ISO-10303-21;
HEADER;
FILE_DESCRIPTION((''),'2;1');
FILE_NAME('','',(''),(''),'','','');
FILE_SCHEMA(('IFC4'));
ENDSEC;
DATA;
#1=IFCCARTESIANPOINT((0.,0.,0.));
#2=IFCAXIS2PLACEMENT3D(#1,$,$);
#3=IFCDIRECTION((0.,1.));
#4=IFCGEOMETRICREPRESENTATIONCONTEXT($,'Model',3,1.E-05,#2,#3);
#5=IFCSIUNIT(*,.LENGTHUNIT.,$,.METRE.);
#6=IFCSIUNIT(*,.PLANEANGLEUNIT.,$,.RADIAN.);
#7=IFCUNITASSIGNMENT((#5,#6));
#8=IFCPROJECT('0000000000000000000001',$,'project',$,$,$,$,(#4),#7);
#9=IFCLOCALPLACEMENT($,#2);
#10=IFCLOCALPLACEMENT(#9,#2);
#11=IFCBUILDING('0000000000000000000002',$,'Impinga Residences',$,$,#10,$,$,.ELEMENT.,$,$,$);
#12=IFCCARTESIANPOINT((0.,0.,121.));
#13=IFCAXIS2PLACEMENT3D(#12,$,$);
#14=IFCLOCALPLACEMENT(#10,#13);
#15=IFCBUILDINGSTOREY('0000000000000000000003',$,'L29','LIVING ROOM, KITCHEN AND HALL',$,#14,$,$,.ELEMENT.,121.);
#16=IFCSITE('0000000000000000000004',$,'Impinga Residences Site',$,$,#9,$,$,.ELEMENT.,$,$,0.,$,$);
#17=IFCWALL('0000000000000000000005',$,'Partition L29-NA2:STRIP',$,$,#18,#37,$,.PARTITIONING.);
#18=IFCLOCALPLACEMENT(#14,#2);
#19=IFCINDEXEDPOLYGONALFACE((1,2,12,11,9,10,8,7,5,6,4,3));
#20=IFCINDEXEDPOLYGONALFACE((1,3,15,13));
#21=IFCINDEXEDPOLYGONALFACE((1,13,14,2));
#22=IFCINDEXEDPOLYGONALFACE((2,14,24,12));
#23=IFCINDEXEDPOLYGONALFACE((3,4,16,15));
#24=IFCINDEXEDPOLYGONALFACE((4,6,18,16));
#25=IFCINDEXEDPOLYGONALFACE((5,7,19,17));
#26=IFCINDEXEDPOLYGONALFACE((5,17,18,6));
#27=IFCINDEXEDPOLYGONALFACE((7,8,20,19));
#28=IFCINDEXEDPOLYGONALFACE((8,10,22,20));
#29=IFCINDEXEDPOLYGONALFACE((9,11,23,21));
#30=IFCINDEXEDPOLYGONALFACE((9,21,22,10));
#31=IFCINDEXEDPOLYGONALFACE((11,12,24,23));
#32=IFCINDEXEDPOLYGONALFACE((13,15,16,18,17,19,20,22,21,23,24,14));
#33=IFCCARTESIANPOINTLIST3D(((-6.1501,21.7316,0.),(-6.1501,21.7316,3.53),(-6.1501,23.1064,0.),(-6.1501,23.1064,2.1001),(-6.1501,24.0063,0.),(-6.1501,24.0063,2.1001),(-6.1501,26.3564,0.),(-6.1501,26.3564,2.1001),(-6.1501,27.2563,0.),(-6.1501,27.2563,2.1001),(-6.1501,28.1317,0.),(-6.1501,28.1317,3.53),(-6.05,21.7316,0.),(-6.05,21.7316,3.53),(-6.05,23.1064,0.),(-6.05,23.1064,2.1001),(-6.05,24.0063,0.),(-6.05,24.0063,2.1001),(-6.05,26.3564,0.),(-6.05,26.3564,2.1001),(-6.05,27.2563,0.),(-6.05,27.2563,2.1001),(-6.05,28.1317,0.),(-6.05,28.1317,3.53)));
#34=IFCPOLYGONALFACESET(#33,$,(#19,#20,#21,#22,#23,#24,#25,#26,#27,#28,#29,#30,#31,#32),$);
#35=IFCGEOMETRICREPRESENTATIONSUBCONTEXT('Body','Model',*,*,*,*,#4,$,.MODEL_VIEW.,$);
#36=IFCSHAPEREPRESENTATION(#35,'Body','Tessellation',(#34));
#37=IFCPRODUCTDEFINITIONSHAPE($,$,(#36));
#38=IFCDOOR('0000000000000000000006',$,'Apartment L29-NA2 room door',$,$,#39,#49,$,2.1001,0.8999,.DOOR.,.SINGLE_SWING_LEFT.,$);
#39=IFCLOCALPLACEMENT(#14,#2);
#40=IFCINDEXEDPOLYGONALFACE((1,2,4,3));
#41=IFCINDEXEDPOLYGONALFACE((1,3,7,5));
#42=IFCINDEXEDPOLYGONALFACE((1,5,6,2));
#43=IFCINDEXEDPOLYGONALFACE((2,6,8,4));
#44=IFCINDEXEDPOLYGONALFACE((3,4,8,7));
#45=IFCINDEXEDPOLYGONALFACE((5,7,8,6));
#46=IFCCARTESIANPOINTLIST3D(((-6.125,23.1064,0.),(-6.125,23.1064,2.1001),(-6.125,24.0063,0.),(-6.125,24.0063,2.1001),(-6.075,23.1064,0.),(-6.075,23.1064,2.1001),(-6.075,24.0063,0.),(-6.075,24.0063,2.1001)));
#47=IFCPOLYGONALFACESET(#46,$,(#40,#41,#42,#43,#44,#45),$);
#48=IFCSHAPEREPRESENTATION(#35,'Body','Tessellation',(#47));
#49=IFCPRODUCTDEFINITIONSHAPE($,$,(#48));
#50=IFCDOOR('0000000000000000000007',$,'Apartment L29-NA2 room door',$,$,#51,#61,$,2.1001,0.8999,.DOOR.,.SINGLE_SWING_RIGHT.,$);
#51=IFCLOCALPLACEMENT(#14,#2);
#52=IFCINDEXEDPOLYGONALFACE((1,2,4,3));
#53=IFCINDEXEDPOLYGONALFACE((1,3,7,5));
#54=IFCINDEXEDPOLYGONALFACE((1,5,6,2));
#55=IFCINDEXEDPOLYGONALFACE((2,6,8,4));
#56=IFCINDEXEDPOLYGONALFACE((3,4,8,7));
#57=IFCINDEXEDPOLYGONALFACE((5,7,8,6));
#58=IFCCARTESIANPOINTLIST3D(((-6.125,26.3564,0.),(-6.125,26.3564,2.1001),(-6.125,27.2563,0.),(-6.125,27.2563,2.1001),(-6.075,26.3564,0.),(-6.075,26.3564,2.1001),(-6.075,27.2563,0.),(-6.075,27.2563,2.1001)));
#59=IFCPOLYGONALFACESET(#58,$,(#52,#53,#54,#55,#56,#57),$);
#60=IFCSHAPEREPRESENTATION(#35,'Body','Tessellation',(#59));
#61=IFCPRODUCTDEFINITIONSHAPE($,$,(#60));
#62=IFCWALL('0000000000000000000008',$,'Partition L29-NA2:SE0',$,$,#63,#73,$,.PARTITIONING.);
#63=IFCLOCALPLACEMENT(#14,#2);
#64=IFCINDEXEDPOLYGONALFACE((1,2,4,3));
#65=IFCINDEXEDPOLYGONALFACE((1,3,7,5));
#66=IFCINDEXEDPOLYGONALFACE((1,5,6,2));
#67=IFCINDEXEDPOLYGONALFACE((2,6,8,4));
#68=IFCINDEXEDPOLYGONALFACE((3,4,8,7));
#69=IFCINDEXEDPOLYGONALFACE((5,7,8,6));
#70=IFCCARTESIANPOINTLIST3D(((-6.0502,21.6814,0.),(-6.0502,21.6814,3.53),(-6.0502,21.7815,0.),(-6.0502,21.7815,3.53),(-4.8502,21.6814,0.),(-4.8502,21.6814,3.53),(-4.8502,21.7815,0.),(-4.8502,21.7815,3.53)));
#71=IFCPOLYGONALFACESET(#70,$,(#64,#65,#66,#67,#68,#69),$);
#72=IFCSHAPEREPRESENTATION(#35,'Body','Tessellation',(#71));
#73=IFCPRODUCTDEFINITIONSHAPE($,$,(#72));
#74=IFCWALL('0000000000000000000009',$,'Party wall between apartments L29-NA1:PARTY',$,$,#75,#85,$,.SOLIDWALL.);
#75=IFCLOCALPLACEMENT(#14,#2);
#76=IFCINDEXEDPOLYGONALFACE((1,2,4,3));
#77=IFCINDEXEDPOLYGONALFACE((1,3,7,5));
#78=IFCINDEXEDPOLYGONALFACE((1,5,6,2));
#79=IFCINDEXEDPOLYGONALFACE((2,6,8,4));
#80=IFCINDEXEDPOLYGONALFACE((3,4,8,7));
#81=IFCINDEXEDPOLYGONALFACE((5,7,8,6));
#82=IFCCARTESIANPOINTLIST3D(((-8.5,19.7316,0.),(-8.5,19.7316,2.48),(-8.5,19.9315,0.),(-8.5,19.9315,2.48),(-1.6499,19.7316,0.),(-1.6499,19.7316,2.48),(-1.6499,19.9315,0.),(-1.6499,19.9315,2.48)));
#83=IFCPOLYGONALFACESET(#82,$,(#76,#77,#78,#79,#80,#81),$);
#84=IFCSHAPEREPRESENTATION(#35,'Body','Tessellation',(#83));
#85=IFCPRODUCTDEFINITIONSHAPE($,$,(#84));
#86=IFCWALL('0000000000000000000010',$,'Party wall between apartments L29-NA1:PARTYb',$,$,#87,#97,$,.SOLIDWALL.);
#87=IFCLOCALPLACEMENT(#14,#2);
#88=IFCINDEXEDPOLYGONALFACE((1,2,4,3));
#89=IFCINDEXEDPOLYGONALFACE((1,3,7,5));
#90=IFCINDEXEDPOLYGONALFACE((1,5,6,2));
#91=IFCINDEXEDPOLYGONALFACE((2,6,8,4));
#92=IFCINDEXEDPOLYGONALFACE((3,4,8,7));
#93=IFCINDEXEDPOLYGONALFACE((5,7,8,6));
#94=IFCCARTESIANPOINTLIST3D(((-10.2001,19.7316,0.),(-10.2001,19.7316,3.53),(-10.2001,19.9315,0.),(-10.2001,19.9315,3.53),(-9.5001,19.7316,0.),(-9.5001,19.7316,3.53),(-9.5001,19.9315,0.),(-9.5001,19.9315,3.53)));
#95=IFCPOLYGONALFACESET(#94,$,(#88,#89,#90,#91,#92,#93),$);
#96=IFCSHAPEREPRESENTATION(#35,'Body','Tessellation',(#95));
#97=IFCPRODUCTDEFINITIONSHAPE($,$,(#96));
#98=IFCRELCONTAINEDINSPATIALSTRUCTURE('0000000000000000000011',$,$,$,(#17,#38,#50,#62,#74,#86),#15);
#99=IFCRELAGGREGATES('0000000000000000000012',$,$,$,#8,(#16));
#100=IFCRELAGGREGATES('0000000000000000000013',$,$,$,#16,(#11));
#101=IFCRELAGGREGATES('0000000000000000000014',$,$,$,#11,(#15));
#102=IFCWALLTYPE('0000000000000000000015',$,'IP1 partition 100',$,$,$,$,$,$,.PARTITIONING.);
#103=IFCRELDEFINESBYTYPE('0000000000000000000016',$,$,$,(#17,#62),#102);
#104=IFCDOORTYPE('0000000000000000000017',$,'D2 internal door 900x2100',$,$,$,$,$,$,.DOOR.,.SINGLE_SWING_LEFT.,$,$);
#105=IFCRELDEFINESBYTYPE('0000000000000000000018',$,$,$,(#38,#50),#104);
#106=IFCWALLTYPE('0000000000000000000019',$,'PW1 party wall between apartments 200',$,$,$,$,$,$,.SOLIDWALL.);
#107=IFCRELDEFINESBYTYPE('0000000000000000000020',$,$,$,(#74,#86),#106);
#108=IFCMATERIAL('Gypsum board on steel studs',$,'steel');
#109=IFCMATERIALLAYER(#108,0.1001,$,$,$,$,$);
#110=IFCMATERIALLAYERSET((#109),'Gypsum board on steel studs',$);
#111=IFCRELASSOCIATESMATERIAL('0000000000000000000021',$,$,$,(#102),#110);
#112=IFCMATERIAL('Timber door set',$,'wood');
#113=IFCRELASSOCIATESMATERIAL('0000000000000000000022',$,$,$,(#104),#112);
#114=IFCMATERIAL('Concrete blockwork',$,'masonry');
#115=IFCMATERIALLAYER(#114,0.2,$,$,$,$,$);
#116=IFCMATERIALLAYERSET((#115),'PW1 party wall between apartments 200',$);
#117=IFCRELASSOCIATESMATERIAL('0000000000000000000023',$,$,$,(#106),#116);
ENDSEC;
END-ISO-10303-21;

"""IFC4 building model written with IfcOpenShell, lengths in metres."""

from ifc_helpers import new_model, si_unit, direction, frame, frame_2d, origin, place, context, subcontext, project, spatial, rectangle, extrude, material, layer, layer_set, type_object, element, fill, save


model = new_model("IFC4")

# Units and contexts
model_context = context("Model", 3, precision=1e-05, world=origin(), true_north=direction((0.0, 1.0)))
body_context = subcontext(model_context, "Body", "Model", "MODEL_VIEW")
ifc_project = project(units=[si_unit("LENGTHUNIT", "METRE"), si_unit("PLANEANGLEUNIT", "RADIAN")], contexts=[model_context])

# Site, building, storey
site_placement = place(None, origin())
site = spatial("IfcSite", under=ifc_project, at=site_placement, Name="Impinga Residences Site", CompositionType="ELEMENT", RefElevation=0.0)
building_placement = place(site_placement, origin())
building = spatial("IfcBuilding", under=site, at=building_placement, Name="Impinga Residences", CompositionType="ELEMENT")
storey_placement = place(building_placement, frame((0.0, 0.0, 121.0)))
storey = spatial("IfcBuildingStorey", under=building, at=storey_placement, Name="L29", Description="LIVING ROOM, KITCHEN AND HALL", CompositionType="ELEMENT", Elevation=121.0)

# Shared definitions
ifc_material_1 = material(Name="Gypsum board on steel studs", Category="steel")
ifc_layer_1 = layer(ifc_material_1, 0.1001)
ifc_layer_set_1 = layer_set([ifc_layer_1], Name="Gypsum board on steel studs")
wall_type_1 = type_object("IfcWallType", Name="IP1 partition 100", PredefinedType="PARTITIONING", material=ifc_layer_set_1)

# Shared definitions
ifc_material_2 = material(Name="Timber door set", Category="wood")
door_type = type_object("IfcDoorType", Name="D2 internal door 900x2100", OperationType="SINGLE_SWING_LEFT", PredefinedType="DOOR", material=ifc_material_2)

# Wall, openings, doors
wall_1_placement = place(storey_placement, frame((-6.1001, 21.7314, 0.0), z_axis=(0.0, 0.0, 1.0), x_axis=(0.0, 1.0, 0.0)))
wall_1 = element("IfcWall", 1, at=wall_1_placement, inside=storey, type_object=wall_type_1, Name="Partition L29-NA2:STRIP", PredefinedType="PARTITIONING", context=body_context, shape_type="SweptSolid", body=[
    extrude(rectangle(XDim=6.4001, YDim=0.1001, at=frame_2d((3.2002, 0.0))), origin(), (0.0, 0.0, 1.0), 3.53),
])
opening_1_placement = place(wall_1_placement, frame((1.375, 0.0, 0.0)))
opening_1 = element("IfcOpeningElement", 2, at=opening_1_placement, cuts=wall_1, PredefinedType="OPENING", context=body_context, shape_type="SweptSolid", body=[
    extrude(rectangle(XDim=0.8999, YDim=2.1001, at=frame_2d((0.45, 1.05))), frame((0.0, 0.0601, 0.0), z_axis=(0.0, -1.0, 0.0), x_axis=(1.0, 0.0, 0.0)), (0.0, 0.0, 1.0), 0.1201),
])
opening_2_placement = place(wall_1_placement, frame((4.625, 0.0, 0.0)))
opening_2 = element("IfcOpeningElement", 3, at=opening_2_placement, cuts=wall_1, PredefinedType="OPENING", context=body_context, shape_type="SweptSolid", body=[
    extrude(rectangle(XDim=0.8999, YDim=2.1001, at=frame_2d((0.45, 1.05))), frame((0.0, 0.0601, 0.0), z_axis=(0.0, -1.0, 0.0), x_axis=(1.0, 0.0, 0.0)), (0.0, 0.0, 1.0), 0.1201),
])
door_1_placement = place(opening_1_placement, origin())
door_1 = element("IfcDoor", 4, at=door_1_placement, inside=storey, type_object=door_type, Name="Apartment L29-NA2 room door", OperationType="SINGLE_SWING_LEFT", OverallHeight=2.1001, OverallWidth=0.8999, PredefinedType="DOOR", context=body_context, shape_type="SweptSolid", body=[
    extrude(rectangle(XDim=0.8999, YDim=2.1001, at=frame_2d((0.45, 1.05))), frame((0.0, 0.0249, 0.0), z_axis=(0.0, -1.0, 0.0), x_axis=(1.0, 0.0, 0.0)), (0.0, 0.0, 1.0), 0.05),
])
fill(opening_1, door_1)
door_2_placement = place(opening_2_placement, origin())
door_2 = element("IfcDoor", 5, at=door_2_placement, inside=storey, type_object=door_type, Name="Apartment L29-NA2 room door", OperationType="SINGLE_SWING_RIGHT", OverallHeight=2.1001, OverallWidth=0.8999, PredefinedType="DOOR", context=body_context, shape_type="SweptSolid", body=[
    extrude(rectangle(XDim=0.8999, YDim=2.1001, at=frame_2d((0.45, 1.05))), frame((0.0, 0.0249, 0.0), z_axis=(0.0, -1.0, 0.0), x_axis=(1.0, 0.0, 0.0)), (0.0, 0.0, 1.0), 0.05),
])
fill(opening_2, door_2)

# Walls
wall_2_placement = place(storey_placement, frame((-4.8501, 21.7314, 0.0), z_axis=(0.0, 0.0, 1.0), x_axis=(-1.0, 0.0, 0.0)))
element("IfcWall", 6, at=wall_2_placement, inside=storey, type_object=wall_type_1, Name="Partition L29-NA2:SE0", PredefinedType="PARTITIONING", context=body_context, shape_type="SweptSolid", body=[
    extrude(rectangle(XDim=1.2, YDim=0.1001, at=frame_2d((0.6001, 0.0))), origin(), (0.0, 0.0, 1.0), 3.53),
])
ifc_material_3 = material(Name="Concrete blockwork", Category="masonry")
ifc_layer_2 = layer(ifc_material_3, 0.2)
ifc_layer_set_2 = layer_set([ifc_layer_2], Name="PW1 party wall between apartments 200")
wall_type_2 = type_object("IfcWallType", Name="PW1 party wall between apartments 200", PredefinedType="SOLIDWALL", material=ifc_layer_set_2)
wall_3_placement = place(storey_placement, frame((-1.6499, 19.8315, 0.0), z_axis=(0.0, 0.0, 1.0), x_axis=(-1.0, 0.0, 0.0)))
element("IfcWall", 7, at=wall_3_placement, inside=storey, type_object=wall_type_2, Name="Party wall between apartments L29-NA1:PARTY", PredefinedType="SOLIDWALL", context=body_context, shape_type="SweptSolid", body=[
    extrude(rectangle(XDim=6.8501, YDim=0.2, at=frame_2d((3.425, 0.0))), origin(), (0.0, 0.0, 1.0), 2.48),
])
wall_4_placement = place(storey_placement, frame((-9.5, 19.8315, 0.0), z_axis=(0.0, 0.0, 1.0), x_axis=(-1.0, 0.0, 0.0)))
element("IfcWall", 8, at=wall_4_placement, inside=storey, type_object=wall_type_2, Name="Party wall between apartments L29-NA1:PARTYb", PredefinedType="SOLIDWALL", context=body_context, shape_type="SweptSolid", body=[
    extrude(rectangle(XDim=0.7, YDim=0.2, at=frame_2d((0.3501, 0.0))), origin(), (0.0, 0.0, 1.0), 3.53),
])

save(model, "model.ifc")
